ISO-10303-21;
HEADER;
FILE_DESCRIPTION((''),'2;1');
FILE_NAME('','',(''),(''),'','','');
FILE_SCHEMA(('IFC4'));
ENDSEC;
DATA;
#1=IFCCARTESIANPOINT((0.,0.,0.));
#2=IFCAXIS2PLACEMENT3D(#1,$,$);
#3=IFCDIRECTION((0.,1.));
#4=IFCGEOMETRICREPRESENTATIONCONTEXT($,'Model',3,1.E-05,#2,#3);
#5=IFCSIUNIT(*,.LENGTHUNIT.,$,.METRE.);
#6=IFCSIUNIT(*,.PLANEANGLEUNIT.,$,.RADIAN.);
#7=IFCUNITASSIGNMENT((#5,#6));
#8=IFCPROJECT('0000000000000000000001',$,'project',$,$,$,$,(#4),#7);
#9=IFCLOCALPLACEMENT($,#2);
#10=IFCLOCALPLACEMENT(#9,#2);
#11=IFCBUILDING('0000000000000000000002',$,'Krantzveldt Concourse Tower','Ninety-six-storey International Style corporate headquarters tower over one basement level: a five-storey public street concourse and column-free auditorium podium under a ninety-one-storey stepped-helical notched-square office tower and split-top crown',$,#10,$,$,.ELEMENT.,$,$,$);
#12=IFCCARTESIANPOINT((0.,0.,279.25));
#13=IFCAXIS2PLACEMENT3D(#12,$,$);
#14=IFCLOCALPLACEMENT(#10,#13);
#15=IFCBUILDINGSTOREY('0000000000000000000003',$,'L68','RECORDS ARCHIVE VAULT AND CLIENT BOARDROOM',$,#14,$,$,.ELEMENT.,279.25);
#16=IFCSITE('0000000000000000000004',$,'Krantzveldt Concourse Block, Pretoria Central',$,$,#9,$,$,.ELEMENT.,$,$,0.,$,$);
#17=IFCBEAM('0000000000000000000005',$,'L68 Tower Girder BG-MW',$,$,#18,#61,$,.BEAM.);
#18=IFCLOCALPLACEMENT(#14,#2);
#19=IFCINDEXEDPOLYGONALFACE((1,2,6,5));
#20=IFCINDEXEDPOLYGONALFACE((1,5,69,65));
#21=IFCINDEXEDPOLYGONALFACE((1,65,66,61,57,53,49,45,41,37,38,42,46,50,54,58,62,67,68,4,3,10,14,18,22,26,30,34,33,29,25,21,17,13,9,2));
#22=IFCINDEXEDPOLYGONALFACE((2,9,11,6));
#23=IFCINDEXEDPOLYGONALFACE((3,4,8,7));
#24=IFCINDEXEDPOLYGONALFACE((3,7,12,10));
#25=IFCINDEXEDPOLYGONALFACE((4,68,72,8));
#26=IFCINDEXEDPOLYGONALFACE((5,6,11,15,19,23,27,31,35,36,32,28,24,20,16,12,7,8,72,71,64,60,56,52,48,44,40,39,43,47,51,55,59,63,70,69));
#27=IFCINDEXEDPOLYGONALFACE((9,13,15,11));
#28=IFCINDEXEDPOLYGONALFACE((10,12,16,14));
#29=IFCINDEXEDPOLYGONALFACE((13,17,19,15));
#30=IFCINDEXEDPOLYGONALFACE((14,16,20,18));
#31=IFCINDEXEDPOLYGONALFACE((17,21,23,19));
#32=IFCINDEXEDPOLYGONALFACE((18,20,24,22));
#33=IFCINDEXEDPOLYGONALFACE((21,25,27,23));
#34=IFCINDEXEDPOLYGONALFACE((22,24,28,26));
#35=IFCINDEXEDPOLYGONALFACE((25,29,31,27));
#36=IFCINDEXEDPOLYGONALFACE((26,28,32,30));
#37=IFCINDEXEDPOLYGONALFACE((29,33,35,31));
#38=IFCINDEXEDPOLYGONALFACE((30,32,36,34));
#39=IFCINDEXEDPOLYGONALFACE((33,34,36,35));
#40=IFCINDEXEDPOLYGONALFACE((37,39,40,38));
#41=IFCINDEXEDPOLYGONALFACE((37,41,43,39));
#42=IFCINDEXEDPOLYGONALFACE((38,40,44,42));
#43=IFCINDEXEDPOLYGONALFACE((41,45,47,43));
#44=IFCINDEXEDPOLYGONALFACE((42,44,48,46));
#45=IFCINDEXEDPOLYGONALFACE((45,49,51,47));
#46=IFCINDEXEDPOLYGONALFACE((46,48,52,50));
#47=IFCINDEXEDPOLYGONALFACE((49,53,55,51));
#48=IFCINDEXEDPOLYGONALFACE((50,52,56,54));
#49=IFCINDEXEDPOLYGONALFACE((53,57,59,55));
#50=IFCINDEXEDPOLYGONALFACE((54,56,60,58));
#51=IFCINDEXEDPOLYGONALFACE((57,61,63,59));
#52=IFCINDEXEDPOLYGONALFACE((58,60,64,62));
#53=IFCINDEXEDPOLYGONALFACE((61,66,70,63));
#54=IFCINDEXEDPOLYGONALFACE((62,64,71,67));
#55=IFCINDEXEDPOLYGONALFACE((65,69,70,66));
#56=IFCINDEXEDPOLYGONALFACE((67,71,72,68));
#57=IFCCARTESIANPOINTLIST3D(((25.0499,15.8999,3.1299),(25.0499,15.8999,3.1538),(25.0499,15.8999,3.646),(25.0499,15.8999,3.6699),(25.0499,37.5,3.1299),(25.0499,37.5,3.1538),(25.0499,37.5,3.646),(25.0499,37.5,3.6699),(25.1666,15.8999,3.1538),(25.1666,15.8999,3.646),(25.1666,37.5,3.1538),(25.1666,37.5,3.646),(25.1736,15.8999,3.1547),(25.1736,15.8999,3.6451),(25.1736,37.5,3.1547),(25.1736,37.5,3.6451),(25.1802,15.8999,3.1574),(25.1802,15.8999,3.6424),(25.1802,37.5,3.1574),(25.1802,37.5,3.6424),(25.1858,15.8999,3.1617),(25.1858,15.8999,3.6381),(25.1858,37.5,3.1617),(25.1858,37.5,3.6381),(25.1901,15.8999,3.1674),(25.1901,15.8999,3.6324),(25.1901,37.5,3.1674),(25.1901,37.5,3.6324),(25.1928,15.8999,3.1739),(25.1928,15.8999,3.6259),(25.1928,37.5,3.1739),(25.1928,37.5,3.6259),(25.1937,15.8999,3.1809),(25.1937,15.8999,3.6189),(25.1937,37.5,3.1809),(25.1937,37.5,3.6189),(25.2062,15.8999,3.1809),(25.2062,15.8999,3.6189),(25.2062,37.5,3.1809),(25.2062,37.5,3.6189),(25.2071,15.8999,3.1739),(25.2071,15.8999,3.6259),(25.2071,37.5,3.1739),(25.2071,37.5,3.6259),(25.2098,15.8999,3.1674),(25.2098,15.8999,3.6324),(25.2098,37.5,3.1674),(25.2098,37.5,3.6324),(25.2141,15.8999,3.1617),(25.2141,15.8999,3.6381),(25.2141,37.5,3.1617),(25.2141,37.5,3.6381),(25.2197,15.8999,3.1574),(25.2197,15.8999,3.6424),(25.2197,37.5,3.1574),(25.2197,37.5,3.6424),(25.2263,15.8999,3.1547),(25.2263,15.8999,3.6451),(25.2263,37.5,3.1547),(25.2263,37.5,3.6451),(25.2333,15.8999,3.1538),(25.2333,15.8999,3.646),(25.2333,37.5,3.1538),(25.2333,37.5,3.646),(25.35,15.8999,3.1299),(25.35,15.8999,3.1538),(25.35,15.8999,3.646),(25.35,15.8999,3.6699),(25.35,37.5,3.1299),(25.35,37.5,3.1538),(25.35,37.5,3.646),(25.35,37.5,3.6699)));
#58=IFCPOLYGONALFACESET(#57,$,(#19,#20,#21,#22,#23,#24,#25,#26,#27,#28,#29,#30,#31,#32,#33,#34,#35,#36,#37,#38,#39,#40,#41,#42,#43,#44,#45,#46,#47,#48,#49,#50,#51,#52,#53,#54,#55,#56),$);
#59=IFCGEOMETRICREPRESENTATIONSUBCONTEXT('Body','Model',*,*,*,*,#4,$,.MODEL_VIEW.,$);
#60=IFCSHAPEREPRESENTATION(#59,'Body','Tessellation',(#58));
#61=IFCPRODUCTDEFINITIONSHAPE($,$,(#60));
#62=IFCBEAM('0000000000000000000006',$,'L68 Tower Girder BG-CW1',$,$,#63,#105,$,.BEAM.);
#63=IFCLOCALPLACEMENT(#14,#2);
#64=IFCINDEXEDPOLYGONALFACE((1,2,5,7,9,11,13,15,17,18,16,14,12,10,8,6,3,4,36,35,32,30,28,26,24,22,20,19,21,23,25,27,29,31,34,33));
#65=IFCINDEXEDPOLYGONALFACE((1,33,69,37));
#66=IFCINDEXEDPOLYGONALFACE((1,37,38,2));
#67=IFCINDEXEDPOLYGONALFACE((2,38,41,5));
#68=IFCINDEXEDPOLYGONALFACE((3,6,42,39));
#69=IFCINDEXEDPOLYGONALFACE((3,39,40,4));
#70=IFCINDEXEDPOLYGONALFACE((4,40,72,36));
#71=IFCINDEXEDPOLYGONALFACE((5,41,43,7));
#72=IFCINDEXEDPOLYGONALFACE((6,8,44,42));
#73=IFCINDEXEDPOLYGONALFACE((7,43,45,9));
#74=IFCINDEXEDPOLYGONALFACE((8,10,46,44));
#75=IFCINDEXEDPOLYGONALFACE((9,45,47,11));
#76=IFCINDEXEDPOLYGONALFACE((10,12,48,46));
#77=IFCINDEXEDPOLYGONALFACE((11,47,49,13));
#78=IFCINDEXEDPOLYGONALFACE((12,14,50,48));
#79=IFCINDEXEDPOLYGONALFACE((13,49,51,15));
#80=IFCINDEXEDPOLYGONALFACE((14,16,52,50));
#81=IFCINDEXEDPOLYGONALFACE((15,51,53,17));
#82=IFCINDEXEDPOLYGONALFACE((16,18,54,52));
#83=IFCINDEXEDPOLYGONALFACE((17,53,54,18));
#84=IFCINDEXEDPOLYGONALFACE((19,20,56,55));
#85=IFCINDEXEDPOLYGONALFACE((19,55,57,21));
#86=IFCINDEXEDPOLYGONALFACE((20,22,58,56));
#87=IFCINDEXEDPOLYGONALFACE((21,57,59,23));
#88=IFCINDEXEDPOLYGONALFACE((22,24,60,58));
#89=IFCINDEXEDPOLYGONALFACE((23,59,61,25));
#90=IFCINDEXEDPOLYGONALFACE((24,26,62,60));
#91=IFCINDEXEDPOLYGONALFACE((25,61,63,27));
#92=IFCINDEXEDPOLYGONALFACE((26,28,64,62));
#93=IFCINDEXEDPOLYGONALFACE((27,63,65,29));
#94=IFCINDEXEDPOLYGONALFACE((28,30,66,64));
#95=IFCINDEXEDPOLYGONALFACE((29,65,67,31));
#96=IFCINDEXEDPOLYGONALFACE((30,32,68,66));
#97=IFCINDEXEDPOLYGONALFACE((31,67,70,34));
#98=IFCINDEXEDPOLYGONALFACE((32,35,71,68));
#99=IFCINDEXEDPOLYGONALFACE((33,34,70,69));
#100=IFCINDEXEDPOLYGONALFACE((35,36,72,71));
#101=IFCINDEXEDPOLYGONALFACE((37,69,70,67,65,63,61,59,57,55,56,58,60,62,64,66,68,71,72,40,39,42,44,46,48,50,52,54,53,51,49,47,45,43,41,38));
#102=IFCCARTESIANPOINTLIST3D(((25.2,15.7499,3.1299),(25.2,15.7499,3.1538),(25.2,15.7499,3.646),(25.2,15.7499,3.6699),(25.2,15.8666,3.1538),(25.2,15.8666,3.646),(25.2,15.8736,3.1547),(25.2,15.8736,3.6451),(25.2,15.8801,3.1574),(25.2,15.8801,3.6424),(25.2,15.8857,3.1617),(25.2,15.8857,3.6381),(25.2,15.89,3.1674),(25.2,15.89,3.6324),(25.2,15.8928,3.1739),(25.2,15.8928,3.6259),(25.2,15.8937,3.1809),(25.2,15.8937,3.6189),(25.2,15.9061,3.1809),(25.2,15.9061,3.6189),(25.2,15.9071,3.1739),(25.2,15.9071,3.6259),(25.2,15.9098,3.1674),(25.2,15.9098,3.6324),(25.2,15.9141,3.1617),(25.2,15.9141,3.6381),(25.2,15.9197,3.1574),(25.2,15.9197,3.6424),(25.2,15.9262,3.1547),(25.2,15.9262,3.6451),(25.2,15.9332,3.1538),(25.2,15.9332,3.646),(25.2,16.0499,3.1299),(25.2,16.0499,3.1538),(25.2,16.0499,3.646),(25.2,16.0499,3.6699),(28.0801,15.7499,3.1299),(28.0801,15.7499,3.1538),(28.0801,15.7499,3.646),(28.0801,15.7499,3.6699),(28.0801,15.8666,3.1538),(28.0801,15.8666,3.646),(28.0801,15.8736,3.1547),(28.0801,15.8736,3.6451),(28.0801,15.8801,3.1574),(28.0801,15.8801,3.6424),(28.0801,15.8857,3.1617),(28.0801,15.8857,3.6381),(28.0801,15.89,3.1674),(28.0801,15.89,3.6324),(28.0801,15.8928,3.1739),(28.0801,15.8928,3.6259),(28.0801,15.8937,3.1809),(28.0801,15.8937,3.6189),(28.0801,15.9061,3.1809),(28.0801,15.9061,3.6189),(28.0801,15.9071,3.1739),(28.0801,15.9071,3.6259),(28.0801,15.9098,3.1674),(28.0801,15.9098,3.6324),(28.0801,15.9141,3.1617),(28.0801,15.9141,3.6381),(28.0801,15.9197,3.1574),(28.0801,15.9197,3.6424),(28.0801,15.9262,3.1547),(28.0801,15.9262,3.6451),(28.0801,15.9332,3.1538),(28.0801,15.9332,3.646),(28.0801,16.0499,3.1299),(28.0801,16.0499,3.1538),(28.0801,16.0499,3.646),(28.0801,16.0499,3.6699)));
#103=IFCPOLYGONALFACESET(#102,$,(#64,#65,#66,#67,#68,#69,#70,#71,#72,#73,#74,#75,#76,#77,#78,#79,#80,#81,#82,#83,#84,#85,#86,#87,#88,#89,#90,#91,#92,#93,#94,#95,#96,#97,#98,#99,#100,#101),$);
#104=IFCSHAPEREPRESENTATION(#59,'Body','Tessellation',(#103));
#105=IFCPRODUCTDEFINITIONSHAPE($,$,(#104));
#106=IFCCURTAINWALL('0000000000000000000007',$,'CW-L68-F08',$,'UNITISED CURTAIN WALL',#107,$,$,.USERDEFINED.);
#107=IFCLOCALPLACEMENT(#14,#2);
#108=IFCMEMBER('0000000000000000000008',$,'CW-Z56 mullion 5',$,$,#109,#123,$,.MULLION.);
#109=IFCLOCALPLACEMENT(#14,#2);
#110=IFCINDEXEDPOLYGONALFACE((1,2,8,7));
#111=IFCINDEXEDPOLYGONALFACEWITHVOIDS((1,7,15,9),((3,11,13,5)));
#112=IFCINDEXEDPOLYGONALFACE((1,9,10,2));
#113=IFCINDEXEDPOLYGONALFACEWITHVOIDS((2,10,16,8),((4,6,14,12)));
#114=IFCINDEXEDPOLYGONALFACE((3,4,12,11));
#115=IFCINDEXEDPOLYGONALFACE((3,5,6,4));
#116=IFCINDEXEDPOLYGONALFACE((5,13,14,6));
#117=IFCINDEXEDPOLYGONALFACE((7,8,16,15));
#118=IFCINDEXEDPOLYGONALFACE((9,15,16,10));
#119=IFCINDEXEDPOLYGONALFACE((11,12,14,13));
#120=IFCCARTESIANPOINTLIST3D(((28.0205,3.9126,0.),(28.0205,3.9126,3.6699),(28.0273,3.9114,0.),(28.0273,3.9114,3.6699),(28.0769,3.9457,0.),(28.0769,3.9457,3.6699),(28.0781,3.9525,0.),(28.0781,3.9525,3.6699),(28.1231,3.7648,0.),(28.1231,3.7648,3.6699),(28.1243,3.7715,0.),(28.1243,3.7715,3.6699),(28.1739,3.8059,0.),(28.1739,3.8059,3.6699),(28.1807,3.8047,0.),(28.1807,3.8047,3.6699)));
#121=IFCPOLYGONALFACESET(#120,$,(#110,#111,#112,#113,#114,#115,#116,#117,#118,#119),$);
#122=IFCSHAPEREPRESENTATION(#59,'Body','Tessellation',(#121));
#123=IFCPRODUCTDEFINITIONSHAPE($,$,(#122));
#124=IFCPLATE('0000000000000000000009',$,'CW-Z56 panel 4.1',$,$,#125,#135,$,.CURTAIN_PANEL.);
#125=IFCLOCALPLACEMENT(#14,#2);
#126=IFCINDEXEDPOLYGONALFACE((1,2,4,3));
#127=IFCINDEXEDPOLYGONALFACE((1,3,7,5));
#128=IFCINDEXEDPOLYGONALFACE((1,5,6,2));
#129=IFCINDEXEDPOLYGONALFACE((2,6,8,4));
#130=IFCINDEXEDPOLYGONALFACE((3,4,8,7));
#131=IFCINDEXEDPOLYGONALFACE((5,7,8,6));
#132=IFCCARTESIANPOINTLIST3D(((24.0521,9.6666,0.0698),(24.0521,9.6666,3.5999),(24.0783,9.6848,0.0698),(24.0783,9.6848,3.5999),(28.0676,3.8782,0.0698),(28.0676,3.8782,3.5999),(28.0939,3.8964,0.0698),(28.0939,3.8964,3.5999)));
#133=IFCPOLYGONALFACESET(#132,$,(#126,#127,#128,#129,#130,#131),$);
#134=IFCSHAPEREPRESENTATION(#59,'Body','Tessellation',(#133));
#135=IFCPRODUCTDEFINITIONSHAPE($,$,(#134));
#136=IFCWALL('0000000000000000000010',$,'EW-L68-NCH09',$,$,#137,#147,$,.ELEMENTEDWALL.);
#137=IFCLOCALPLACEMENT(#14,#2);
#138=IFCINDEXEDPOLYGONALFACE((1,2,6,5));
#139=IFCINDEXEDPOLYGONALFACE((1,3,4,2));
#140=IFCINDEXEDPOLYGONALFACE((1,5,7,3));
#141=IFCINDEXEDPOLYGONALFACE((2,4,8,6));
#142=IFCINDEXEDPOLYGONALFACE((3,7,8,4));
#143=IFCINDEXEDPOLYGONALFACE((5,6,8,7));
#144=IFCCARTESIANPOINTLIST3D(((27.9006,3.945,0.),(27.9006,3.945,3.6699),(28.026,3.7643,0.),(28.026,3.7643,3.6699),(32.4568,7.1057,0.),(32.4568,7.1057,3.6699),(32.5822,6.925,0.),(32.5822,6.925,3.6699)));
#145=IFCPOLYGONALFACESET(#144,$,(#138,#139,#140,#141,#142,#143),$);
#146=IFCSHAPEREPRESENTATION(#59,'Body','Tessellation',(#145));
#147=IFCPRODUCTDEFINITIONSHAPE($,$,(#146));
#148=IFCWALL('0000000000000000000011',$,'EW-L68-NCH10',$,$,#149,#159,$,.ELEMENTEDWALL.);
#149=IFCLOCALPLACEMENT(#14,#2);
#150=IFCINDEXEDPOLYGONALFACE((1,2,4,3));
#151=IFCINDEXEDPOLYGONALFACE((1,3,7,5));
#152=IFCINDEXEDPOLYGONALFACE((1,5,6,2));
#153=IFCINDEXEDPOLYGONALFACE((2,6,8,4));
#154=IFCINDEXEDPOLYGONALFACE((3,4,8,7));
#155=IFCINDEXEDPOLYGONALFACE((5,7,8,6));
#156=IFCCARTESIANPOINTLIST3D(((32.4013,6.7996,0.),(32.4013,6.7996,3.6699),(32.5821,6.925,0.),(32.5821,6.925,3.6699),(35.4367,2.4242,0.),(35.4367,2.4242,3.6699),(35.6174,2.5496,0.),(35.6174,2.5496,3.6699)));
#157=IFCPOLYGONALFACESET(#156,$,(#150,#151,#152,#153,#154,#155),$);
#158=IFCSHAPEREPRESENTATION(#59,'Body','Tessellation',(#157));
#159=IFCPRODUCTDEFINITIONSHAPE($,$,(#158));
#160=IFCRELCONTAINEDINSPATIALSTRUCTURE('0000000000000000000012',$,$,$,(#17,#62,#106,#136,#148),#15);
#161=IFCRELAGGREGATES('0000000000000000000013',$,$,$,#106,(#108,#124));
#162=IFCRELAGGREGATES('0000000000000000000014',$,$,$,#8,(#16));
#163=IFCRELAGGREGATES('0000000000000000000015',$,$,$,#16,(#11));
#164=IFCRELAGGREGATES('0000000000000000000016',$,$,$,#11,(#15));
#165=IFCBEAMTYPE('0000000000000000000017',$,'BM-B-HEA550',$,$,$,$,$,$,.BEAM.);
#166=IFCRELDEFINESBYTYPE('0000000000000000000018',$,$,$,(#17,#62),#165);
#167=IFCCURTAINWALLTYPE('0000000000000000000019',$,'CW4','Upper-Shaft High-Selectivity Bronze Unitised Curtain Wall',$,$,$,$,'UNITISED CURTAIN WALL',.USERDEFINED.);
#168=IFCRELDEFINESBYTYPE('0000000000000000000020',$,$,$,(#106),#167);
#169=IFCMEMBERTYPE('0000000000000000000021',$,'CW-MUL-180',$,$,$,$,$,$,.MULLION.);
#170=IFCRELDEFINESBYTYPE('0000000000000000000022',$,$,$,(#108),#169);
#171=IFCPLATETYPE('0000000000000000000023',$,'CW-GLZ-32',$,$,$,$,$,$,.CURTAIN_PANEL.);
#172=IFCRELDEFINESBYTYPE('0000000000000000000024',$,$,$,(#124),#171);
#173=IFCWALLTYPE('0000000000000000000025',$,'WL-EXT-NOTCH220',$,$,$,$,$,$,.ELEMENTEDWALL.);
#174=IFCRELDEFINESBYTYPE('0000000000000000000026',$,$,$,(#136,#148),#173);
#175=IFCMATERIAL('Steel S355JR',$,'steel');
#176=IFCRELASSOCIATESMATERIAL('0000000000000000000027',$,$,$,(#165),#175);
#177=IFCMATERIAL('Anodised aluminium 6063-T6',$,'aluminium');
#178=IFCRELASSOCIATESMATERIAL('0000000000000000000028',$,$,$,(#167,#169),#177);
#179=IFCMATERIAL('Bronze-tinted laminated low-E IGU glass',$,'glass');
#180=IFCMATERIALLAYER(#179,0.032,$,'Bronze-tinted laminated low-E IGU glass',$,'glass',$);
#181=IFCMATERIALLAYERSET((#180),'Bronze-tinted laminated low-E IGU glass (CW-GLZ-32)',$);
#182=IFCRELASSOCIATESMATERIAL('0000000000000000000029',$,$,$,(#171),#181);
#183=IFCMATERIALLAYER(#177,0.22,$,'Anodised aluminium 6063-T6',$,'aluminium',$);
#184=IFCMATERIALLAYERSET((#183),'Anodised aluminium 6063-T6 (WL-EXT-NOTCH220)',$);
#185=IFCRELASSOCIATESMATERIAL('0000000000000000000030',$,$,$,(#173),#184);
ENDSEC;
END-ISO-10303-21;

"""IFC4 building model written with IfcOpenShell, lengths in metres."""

from ifc_helpers import new_model, si_unit, direction, frame, frame_2d, origin, origin_2d, place, context, subcontext, project, spatial, rectangle, hollow_rectangle, i_section, extrude, source, transform, mapped, material, layer, layer_set, material_profile, profile_set, type_object, type_shapes, element, aggregate, save


model = new_model("IFC4")

# Units and contexts
model_context = context("Model", 3, precision=1e-05, world=origin(), true_north=direction((0.0, 1.0)))
body_context = subcontext(model_context, "Body", "Model", "MODEL_VIEW")
ifc_project = project(units=[si_unit("LENGTHUNIT", "METRE"), si_unit("PLANEANGLEUNIT", "RADIAN")], contexts=[model_context])

# Site, building, storey
site_placement = place(None, origin())
site = spatial("IfcSite", under=ifc_project, at=site_placement, Name="Krantzveldt Concourse Block, Pretoria Central", CompositionType="ELEMENT", RefElevation=0.0)
building_placement = place(site_placement, origin())
building = spatial("IfcBuilding", under=site, at=building_placement, Name="Krantzveldt Concourse Tower", Description="Ninety-six-storey International Style corporate headquarters tower over one basement level: a five-storey public street concourse and column-free auditorium podium under a ninety-one-storey stepped-helical notched-square office tower and split-top crown", CompositionType="ELEMENT")
storey_placement = place(building_placement, frame((0.0, 0.0, 279.25)))
storey = spatial("IfcBuildingStorey", under=building, at=storey_placement, Name="L68", Description="RECORDS ARCHIVE VAULT AND CLIENT BOARDROOM", CompositionType="ELEMENT", Elevation=279.25)

# Beams
ifc_material_1 = material(Name="Steel S355JR", Category="steel")
ifc_material_profile_1 = material_profile(ifc_material_1, i_section(OverallWidth=0.3, OverallDepth=0.54, WebThickness=0.0125, FlangeThickness=0.0239, FilletRadius=0.0271, at=origin_2d()), Name="Steel S355JR", Category="steel")
ifc_profile_set_1 = profile_set([ifc_material_profile_1], Name="Steel S355JR - HEA 550")
beam_type = type_object("IfcBeamType", Name="BM-B-HEA550", PredefinedType="BEAM", material=ifc_profile_set_1)
shared_shape_1 = source(origin(), body_context, "Body", "SweptSolid", [
    extrude(i_section(OverallWidth=0.3, OverallDepth=0.54, WebThickness=0.0125, FlangeThickness=0.0239, FilletRadius=0.0271, at=origin_2d()), origin(), (0.0, 0.0, 1.0), 21.6001),
])
beam_1_placement = place(storey_placement, frame((25.2, 15.8999, 3.3999), z_axis=(0.0, 1.0, 0.0), x_axis=(-1.0, 0.0, 0.0)))
element("IfcBeam", 1, at=beam_1_placement, inside=storey, type_object=beam_type, Name="L68 Tower Girder BG-MW", PredefinedType="BEAM", context=body_context, shape_type="MappedRepresentation", body=[
    mapped(shared_shape_1, transform((0.0, 0.0, 0.0), x_axis=(1.0, 0.0, 0.0), y_axis=(0.0, 1.0, 0.0), z_axis=(0.0, 0.0, 1.0), scale=1.0)),
])
shared_shape_2 = source(origin(), body_context, "Body", "SweptSolid", [
    extrude(i_section(OverallWidth=0.3, OverallDepth=0.54, WebThickness=0.0125, FlangeThickness=0.0239, FilletRadius=0.0271, at=origin_2d()), origin(), (0.0, 0.0, 1.0), 2.8801),
])
type_shapes(beam_type, [shared_shape_1, shared_shape_2])
beam_2_placement = place(storey_placement, frame((25.2, 15.8999, 3.3999), z_axis=(1.0, 0.0, 0.0), x_axis=(0.0, 1.0, 0.0)))
element("IfcBeam", 2, at=beam_2_placement, inside=storey, type_object=beam_type, Name="L68 Tower Girder BG-CW1", PredefinedType="BEAM", context=body_context, shape_type="MappedRepresentation", body=[
    mapped(shared_shape_2, transform((0.0, 0.0, 0.0), x_axis=(1.0, 0.0, 0.0), y_axis=(0.0, 1.0, 0.0), z_axis=(0.0, 0.0, 1.0), scale=1.0)),
])

# Curtain wall, member, plate
ifc_material_2 = material(Name="Anodised aluminium 6063-T6", Category="aluminium")
curtain_wall_type = type_object("IfcCurtainWallType", Name="CW4", Description="Upper-Shaft High-Selectivity Bronze Unitised Curtain Wall", ElementType="UNITISED CURTAIN WALL", PredefinedType="USERDEFINED", material=ifc_material_2)
curtain_wall_placement = place(storey_placement, origin())
curtain_wall = element("IfcCurtainWall", 3, at=curtain_wall_placement, inside=storey, type_object=curtain_wall_type, Name="CW-L68-F08", ObjectType="UNITISED CURTAIN WALL", PredefinedType="USERDEFINED")
ifc_material_profile_2 = material_profile(ifc_material_2, hollow_rectangle(XDim=0.0701, YDim=0.1799, WallThickness=0.0049, at=origin_2d()), Name="Anodised aluminium 6063-T6", Category="aluminium")
ifc_profile_set_2 = profile_set([ifc_material_profile_2], Name="Anodised aluminium 6063-T6 - ALU-MULL 180x70x5")
member_type = type_object("IfcMemberType", Name="CW-MUL-180", PredefinedType="MULLION", material=ifc_profile_set_2)
shared_shape_3 = source(origin(), body_context, "Body", "SweptSolid", [
    extrude(hollow_rectangle(XDim=0.0701, YDim=0.1799, WallThickness=0.0049, at=origin_2d()), origin(), (0.0, 0.0, 1.0), 3.6699),
])
type_shapes(member_type, [shared_shape_3])
member_placement = place(storey_placement, frame((28.1006, 3.8586, 0.0), z_axis=(0.0, 0.0, 1.0), x_axis=(0.821647, 0.569997, 0.0)))
member = element("IfcMember", 4, at=member_placement, type_object=member_type, Name="CW-Z56 mullion 5", PredefinedType="MULLION", context=body_context, shape_type="MappedRepresentation", body=[
    mapped(shared_shape_3, transform((0.0, 0.0, 0.0), x_axis=(1.0, 0.0, 0.0), y_axis=(0.0, 1.0, 0.0), z_axis=(0.0, 0.0, 1.0), scale=1.0)),
])
ifc_material_3 = material(Name="Bronze-tinted laminated low-E IGU glass", Category="glass")
ifc_layer_1 = layer(ifc_material_3, 0.032, Name="Bronze-tinted laminated low-E IGU glass", Category="glass")
ifc_layer_set_1 = layer_set([ifc_layer_1], Name="Bronze-tinted laminated low-E IGU glass (CW-GLZ-32)")
plate_type = type_object("IfcPlateType", Name="CW-GLZ-32", PredefinedType="CURTAIN_PANEL", material=ifc_layer_set_1)
shared_shape_4 = source(origin(), body_context, "Body", "SweptSolid", [
    extrude(rectangle(XDim=7.0449, YDim=0.032, at=origin_2d()), origin(), (0.0, 0.0, 1.0), 3.53),
])
type_shapes(plate_type, [shared_shape_4])
plate_placement = place(storey_placement, frame((26.073, 6.7815, 0.0698), z_axis=(0.0, 0.0, 1.0), x_axis=(0.569997, -0.821647, 0.0)))
plate = element("IfcPlate", 5, at=plate_placement, type_object=plate_type, Name="CW-Z56 panel 4.1", PredefinedType="CURTAIN_PANEL", context=body_context, shape_type="MappedRepresentation", body=[
    mapped(shared_shape_4, transform((0.0, 0.0, 0.0), x_axis=(1.0, 0.0, 0.0), y_axis=(0.0, 1.0, 0.0), z_axis=(0.0, 0.0, 1.0), scale=1.0)),
])
aggregate(curtain_wall, [member, plate])

# Walls
ifc_layer_2 = layer(ifc_material_2, 0.22, Name="Anodised aluminium 6063-T6", Category="aluminium")
ifc_layer_set_2 = layer_set([ifc_layer_2], Name="Anodised aluminium 6063-T6 (WL-EXT-NOTCH220)")
wall_type_1 = type_object("IfcWallType", Name="WL-EXT-NOTCH220", PredefinedType="ELEMENTEDWALL", material=ifc_layer_set_2)
wall_1_placement = place(storey_placement, frame((27.9634, 3.8547, 0.0), z_axis=(0.0, 0.0, 1.0), x_axis=(0.821653, 0.569988, 0.0)))
element("IfcWall", 6, at=wall_1_placement, inside=storey, type_object=wall_type_1, Name="EW-L68-NCH09", PredefinedType="ELEMENTEDWALL", context=body_context, shape_type="SweptSolid", body=[
    extrude(rectangle(XDim=5.5452, YDim=0.22, at=frame_2d((2.7725, 0.0))), origin(), (0.0, 0.0, 1.0), 3.6699),
])
wall_2_placement = place(storey_placement, frame((32.4917, 6.8623, 0.0), z_axis=(0.0, 0.0, 1.0), x_axis=(0.569999, -0.821646, 0.0)))
element("IfcWall", 7, at=wall_2_placement, inside=storey, type_object=wall_type_1, Name="EW-L68-NCH10", PredefinedType="ELEMENTEDWALL", context=body_context, shape_type="SweptSolid", body=[
    extrude(rectangle(XDim=5.3252, YDim=0.22, at=frame_2d((2.6626, 0.0))), origin(), (0.0, 0.0, 1.0), 3.6699),
])

save(model, "model.ifc")
